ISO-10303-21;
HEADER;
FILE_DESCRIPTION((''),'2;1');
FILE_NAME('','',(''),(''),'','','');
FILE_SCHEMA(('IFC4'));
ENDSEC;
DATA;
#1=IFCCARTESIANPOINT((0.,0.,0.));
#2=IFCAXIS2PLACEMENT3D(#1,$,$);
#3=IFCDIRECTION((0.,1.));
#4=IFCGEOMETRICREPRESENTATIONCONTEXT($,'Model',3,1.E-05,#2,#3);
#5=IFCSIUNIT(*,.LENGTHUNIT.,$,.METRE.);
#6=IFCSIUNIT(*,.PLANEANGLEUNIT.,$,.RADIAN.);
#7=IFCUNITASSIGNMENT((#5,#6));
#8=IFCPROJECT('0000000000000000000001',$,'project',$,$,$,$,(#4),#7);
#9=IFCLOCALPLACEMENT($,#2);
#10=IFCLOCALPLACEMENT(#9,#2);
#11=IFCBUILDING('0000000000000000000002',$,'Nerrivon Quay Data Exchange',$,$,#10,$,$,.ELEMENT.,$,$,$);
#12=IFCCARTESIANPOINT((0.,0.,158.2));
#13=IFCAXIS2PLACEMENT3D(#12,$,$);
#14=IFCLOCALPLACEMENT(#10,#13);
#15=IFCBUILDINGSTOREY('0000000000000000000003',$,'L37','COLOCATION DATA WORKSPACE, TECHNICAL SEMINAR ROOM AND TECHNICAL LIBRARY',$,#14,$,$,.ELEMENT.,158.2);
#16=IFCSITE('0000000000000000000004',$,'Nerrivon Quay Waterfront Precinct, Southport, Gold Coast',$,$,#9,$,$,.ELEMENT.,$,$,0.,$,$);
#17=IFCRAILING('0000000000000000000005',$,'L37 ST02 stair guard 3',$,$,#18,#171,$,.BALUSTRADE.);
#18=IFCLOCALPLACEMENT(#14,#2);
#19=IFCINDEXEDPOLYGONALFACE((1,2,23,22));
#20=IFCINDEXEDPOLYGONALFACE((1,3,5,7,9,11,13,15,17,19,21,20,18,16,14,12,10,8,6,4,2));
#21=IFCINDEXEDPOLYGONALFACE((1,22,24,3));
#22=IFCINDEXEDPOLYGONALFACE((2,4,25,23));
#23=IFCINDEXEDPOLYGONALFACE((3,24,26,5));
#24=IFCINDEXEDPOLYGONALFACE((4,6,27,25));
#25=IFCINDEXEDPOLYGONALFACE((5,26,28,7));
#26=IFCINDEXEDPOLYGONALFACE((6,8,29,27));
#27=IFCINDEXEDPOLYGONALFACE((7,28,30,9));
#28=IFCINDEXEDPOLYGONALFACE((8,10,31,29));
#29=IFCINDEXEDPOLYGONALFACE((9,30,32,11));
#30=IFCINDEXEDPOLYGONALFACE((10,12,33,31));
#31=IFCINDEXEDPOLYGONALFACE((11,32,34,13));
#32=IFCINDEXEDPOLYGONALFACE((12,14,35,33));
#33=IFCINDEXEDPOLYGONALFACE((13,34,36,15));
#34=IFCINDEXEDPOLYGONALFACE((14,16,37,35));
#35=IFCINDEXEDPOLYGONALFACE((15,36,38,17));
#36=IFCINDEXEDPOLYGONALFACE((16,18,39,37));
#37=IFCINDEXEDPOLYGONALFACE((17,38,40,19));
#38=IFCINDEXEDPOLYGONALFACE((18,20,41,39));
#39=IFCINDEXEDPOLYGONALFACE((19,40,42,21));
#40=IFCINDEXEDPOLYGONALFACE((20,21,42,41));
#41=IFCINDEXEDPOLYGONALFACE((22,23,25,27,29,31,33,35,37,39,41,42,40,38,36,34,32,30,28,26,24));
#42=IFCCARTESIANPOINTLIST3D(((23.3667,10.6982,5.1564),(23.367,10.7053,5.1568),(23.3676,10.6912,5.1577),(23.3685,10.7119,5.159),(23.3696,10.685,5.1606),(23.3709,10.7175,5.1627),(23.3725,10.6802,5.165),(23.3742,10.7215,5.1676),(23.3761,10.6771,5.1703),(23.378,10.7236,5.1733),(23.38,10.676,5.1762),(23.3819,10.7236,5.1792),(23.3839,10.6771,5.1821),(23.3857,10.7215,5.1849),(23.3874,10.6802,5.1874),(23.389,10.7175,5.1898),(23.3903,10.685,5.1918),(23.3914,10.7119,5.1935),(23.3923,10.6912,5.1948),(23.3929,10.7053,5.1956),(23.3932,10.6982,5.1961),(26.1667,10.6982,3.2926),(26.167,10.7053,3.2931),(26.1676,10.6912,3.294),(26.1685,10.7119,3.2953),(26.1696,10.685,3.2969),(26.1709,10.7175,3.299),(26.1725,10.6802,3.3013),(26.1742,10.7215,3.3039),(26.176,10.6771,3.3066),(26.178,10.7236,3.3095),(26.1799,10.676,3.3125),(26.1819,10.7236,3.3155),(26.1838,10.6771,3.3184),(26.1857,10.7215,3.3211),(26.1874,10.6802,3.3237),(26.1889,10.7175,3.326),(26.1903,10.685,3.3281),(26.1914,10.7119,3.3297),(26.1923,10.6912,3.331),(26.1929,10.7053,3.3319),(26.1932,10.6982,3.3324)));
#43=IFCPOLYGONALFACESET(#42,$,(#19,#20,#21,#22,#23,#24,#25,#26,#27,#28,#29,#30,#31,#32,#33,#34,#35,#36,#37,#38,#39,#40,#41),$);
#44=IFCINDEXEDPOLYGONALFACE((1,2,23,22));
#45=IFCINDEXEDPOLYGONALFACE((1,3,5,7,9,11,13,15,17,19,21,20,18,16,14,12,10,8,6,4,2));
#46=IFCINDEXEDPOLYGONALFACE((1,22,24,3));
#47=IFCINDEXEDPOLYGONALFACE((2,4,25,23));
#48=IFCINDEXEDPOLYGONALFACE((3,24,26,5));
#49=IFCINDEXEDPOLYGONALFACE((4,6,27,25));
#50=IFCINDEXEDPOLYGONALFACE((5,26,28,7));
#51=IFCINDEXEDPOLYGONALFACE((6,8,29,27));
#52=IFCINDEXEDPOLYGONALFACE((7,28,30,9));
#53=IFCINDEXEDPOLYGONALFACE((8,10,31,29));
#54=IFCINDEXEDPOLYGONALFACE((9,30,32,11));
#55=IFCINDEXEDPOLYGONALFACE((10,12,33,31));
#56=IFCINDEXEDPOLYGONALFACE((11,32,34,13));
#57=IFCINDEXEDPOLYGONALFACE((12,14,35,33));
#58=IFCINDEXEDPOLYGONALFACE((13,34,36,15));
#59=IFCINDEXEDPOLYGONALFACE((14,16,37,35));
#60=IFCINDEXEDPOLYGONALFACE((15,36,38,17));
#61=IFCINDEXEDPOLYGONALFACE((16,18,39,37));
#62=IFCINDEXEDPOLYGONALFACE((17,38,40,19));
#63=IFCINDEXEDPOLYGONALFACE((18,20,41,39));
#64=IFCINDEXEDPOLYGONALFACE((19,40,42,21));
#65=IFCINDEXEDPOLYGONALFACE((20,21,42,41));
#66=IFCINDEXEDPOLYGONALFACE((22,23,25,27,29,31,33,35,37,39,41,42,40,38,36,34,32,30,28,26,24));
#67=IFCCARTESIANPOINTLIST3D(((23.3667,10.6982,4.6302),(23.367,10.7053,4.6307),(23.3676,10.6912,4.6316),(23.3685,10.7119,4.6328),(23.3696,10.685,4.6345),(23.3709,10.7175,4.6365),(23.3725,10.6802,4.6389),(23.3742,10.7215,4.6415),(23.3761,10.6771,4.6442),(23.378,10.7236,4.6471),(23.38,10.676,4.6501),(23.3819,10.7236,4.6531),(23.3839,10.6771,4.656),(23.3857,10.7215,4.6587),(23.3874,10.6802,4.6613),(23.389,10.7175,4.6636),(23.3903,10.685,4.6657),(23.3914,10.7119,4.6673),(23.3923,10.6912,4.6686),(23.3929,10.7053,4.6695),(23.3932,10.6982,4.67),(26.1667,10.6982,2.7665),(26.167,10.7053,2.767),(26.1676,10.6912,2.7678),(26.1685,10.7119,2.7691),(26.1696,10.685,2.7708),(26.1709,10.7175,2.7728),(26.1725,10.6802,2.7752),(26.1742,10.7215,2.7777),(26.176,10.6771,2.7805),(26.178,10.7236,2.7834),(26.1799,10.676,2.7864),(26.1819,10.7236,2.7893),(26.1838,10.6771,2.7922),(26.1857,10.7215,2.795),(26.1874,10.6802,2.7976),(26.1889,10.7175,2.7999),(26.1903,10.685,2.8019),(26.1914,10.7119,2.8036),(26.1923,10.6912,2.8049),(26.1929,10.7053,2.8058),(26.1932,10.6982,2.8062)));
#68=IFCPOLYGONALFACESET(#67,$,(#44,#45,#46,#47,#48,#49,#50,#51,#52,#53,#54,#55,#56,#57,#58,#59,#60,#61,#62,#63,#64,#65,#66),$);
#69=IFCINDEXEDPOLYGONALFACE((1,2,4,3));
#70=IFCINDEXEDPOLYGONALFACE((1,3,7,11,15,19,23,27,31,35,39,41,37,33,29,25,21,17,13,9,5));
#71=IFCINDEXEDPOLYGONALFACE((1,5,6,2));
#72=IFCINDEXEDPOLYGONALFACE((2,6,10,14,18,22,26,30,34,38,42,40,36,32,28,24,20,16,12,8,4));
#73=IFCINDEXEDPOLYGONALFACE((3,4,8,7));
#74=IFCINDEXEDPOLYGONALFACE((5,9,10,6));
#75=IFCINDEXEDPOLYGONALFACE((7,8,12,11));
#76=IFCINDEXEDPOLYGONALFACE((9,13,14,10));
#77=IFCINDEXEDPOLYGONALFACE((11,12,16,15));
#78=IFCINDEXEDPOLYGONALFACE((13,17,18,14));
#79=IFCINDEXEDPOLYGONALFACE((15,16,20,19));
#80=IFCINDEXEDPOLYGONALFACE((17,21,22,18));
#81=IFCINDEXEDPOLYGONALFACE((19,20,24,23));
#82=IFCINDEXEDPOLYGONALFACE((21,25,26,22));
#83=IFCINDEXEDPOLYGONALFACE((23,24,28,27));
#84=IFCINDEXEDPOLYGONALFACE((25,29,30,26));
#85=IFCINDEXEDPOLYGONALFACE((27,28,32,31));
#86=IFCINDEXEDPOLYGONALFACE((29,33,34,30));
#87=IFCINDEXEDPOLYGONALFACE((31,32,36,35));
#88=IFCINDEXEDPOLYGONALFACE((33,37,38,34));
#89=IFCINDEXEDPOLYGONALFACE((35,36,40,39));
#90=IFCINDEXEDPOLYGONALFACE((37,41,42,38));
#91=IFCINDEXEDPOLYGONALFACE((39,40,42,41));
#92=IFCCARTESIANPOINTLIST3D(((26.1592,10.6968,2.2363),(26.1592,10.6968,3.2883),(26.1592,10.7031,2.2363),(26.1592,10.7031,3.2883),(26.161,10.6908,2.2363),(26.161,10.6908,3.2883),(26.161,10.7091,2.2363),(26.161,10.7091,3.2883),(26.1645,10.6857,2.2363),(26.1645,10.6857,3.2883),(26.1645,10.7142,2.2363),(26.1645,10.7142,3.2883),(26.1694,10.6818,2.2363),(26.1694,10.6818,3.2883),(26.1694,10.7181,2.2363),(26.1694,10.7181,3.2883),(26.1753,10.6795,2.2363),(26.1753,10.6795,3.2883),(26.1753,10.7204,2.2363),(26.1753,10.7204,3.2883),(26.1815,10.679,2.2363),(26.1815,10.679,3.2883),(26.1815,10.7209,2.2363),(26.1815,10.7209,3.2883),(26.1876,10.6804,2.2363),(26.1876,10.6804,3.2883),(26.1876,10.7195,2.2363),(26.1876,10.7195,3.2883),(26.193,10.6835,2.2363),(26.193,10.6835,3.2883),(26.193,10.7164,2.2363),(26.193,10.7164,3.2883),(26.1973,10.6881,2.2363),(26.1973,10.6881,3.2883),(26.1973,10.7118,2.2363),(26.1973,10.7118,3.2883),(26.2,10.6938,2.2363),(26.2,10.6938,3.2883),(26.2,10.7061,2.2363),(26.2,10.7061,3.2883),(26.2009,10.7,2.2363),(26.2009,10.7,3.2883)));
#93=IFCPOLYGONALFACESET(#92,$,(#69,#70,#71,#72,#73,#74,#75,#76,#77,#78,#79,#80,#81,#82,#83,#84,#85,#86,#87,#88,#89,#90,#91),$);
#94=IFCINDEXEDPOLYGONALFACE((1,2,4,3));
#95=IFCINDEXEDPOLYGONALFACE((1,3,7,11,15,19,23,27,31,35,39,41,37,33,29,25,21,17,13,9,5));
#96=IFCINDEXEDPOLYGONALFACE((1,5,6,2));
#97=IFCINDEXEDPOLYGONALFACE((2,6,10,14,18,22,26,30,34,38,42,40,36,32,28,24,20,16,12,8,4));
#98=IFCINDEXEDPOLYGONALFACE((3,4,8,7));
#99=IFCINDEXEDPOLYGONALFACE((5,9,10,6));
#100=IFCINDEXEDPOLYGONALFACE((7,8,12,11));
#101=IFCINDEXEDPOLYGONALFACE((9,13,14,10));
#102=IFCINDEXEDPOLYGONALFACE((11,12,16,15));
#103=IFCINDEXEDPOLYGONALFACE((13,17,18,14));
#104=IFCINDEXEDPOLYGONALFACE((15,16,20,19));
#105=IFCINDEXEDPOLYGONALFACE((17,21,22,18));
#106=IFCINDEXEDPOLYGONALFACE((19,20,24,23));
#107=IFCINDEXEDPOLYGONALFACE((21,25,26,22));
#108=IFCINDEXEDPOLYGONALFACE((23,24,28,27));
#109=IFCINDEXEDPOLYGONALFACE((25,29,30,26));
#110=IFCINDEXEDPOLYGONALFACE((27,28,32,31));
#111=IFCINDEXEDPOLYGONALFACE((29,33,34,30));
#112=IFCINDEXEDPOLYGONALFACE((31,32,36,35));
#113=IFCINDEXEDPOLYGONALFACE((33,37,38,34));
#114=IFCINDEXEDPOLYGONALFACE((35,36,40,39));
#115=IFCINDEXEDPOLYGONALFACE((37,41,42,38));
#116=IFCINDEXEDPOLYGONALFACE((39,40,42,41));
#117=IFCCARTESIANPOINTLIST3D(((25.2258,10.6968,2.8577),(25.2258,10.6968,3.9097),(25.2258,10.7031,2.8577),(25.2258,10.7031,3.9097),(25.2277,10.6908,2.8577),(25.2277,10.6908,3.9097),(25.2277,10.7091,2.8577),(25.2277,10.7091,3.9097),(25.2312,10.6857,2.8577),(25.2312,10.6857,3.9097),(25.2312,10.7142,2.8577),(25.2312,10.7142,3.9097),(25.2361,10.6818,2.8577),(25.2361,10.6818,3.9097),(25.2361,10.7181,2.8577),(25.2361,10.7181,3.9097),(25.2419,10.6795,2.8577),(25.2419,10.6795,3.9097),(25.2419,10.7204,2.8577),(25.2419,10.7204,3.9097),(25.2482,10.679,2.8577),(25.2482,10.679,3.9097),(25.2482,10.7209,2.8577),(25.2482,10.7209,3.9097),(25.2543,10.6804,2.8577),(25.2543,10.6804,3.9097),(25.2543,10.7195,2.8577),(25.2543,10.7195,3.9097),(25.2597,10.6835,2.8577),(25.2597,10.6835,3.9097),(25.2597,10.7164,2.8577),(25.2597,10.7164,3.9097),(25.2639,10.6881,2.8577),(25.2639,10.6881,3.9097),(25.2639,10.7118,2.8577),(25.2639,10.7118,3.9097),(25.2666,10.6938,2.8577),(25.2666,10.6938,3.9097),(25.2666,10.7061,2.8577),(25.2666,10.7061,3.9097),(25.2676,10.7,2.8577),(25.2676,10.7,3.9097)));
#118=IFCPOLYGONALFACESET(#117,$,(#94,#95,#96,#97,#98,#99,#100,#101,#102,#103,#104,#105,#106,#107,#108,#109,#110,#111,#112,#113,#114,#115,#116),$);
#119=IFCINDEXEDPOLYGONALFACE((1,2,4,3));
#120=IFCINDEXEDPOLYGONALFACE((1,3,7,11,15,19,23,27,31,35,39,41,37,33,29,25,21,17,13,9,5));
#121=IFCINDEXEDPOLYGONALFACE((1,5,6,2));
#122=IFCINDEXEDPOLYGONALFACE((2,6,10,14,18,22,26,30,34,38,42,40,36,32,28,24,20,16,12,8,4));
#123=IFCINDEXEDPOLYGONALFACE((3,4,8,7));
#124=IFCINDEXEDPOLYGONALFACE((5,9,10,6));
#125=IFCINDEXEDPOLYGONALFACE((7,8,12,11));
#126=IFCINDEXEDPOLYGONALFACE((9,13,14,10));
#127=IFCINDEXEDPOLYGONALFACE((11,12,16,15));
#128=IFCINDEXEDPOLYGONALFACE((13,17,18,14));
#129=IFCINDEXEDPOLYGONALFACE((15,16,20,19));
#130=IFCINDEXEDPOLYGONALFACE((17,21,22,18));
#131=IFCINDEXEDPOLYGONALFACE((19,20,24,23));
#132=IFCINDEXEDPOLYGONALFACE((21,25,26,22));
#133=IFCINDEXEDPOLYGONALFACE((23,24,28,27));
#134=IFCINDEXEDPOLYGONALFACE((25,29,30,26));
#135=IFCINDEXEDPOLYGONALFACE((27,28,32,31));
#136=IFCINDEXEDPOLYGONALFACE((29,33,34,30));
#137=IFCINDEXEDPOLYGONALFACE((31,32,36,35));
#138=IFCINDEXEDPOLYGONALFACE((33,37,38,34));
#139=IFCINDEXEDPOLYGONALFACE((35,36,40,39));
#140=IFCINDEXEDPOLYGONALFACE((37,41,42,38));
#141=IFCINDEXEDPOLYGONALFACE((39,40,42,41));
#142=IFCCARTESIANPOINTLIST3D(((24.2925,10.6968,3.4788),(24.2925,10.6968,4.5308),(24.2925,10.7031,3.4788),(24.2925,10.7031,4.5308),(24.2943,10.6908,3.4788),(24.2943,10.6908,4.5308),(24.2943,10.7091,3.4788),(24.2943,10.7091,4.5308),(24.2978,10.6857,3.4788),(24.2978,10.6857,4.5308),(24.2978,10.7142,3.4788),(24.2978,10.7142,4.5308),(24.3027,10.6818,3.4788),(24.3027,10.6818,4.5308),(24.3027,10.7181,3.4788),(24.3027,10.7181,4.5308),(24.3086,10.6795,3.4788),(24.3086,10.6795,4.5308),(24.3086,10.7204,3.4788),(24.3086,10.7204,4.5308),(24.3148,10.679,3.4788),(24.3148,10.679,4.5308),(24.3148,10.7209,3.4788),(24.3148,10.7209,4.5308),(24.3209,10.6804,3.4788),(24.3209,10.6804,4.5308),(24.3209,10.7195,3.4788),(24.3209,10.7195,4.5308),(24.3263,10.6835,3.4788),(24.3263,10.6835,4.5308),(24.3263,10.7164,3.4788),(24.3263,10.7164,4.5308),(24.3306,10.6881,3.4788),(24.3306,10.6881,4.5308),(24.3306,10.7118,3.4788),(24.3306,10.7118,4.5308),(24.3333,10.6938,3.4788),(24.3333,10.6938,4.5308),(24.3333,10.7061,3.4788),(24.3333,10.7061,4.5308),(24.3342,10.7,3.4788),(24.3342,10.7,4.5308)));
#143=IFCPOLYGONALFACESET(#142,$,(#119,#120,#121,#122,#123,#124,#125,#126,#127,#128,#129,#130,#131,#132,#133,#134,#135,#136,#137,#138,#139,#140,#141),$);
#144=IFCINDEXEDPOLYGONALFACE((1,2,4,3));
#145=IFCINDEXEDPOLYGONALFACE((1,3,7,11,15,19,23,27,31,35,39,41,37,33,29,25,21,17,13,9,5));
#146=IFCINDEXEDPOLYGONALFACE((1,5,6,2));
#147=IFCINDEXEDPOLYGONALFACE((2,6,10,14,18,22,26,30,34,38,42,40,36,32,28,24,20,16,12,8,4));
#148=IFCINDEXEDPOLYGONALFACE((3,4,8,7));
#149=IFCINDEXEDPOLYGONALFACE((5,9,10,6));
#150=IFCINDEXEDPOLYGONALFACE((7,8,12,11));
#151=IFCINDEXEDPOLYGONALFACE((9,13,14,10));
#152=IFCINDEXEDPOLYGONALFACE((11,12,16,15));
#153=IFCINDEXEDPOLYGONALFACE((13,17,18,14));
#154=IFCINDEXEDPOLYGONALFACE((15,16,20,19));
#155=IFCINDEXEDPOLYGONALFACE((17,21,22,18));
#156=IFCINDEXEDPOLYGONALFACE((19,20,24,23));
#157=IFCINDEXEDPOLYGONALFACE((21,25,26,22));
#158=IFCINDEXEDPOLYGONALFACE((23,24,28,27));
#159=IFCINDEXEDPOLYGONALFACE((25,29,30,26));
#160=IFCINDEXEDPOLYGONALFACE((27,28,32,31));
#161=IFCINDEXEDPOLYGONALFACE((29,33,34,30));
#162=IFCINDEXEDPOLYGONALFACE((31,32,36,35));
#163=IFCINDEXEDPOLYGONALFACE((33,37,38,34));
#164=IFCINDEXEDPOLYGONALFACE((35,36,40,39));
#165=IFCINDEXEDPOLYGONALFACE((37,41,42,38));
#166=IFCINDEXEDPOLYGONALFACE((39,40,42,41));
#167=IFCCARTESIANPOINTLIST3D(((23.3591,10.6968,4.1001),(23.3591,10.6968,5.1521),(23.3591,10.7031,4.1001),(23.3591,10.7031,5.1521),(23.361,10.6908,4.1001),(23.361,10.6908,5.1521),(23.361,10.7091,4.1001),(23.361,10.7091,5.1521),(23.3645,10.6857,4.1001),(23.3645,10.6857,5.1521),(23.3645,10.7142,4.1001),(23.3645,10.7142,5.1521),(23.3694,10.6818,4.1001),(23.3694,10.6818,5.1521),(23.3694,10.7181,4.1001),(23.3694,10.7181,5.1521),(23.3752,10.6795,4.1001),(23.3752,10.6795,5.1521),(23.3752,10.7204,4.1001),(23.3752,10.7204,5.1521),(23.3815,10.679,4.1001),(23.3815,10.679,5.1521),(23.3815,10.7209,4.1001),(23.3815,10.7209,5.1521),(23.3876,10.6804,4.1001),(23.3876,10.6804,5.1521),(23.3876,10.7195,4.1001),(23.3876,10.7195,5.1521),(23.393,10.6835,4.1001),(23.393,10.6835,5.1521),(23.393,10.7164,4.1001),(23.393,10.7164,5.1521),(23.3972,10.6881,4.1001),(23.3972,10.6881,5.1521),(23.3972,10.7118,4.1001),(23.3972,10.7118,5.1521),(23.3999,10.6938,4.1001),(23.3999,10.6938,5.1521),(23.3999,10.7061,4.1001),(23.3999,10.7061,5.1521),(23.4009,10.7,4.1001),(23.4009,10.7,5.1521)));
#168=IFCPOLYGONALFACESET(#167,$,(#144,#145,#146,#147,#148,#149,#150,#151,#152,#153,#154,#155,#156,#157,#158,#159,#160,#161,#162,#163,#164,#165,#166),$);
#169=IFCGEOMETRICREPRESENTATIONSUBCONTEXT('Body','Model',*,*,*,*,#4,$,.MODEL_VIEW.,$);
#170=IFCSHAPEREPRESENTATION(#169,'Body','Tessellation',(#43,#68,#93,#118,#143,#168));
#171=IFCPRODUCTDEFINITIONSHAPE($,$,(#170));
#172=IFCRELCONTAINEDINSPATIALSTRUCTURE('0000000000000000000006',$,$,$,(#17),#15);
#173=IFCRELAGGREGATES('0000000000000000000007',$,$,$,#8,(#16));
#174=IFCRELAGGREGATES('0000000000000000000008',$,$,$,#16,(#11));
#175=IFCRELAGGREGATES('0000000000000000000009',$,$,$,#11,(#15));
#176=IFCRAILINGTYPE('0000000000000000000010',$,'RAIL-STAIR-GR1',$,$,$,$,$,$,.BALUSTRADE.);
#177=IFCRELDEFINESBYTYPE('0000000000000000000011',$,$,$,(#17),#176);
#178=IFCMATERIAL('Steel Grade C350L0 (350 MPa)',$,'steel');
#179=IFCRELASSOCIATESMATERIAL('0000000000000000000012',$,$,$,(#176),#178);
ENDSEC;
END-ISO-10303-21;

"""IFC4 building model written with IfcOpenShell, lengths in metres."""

from ifc_helpers import new_model, si_unit, direction, frame, origin, origin_2d, place, context, subcontext, project, spatial, circle, extrude, material, type_object, element, save


model = new_model("IFC4")

# Units and contexts
model_context = context("Model", 3, precision=1e-05, world=origin(), true_north=direction((0.0, 1.0)))
body_context = subcontext(model_context, "Body", "Model", "MODEL_VIEW")
ifc_project = project(units=[si_unit("LENGTHUNIT", "METRE"), si_unit("PLANEANGLEUNIT", "RADIAN")], contexts=[model_context])

# Site, building, storey
site_placement = place(None, origin())
site = spatial("IfcSite", under=ifc_project, at=site_placement, Name="Nerrivon Quay Waterfront Precinct, Southport, Gold Coast", CompositionType="ELEMENT", RefElevation=0.0)
building_placement = place(site_placement, origin())
building = spatial("IfcBuilding", under=site, at=building_placement, Name="Nerrivon Quay Data Exchange", CompositionType="ELEMENT")
storey_placement = place(building_placement, frame((0.0, 0.0, 158.2)))
storey = spatial("IfcBuildingStorey", under=building, at=storey_placement, Name="L37", Description="COLOCATION DATA WORKSPACE, TECHNICAL SEMINAR ROOM AND TECHNICAL LIBRARY", CompositionType="ELEMENT", Elevation=158.2)

# Railing
ifc_material_1 = material(Name="Steel Grade C350L0 (350 MPa)", Category="steel")
railing_type_1 = type_object("IfcRailingType", Name="RAIL-STAIR-GR1", PredefinedType="BALUSTRADE", material=ifc_material_1)
railing_1_placement = place(storey_placement, frame((26.1799, 10.7, 2.2363)))
element("IfcRailing", 1, at=railing_1_placement, inside=storey, type_object=railing_type_1, Name="L37 ST02 stair guard 3", PredefinedType="BALUSTRADE", context=body_context, shape_type="SweptSolid", body=[
    extrude(circle(Radius=0.0239, at=origin_2d()), frame((0.0, 0.0, 1.0762), z_axis=(-0.832452, 0.0, 0.554097), x_axis=(0.0, -1.0, 0.0)), (0.0, 0.0, 1.0), 3.3635),
    extrude(circle(Radius=0.0239, at=origin_2d()), frame((0.0, 0.0, 0.55), z_axis=(-0.832452, 0.0, 0.554097), x_axis=(0.0, -1.0, 0.0)), (0.0, 0.0, 1.0), 3.3635),
    extrude(circle(Radius=0.021, at=origin_2d()), origin(), (0.0, 0.0, 1.0), 1.052),
    extrude(circle(Radius=0.021, at=origin_2d()), frame((-0.9333, 0.0, 0.6213)), (0.0, 0.0, 1.0), 1.052),
    extrude(circle(Radius=0.021, at=origin_2d()), frame((-1.8667, 0.0, 1.2424)), (0.0, 0.0, 1.0), 1.052),
    extrude(circle(Radius=0.021, at=origin_2d()), frame((-2.8, 0.0, 1.8638)), (0.0, 0.0, 1.0), 1.052),
])

save(model, "model.ifc")
